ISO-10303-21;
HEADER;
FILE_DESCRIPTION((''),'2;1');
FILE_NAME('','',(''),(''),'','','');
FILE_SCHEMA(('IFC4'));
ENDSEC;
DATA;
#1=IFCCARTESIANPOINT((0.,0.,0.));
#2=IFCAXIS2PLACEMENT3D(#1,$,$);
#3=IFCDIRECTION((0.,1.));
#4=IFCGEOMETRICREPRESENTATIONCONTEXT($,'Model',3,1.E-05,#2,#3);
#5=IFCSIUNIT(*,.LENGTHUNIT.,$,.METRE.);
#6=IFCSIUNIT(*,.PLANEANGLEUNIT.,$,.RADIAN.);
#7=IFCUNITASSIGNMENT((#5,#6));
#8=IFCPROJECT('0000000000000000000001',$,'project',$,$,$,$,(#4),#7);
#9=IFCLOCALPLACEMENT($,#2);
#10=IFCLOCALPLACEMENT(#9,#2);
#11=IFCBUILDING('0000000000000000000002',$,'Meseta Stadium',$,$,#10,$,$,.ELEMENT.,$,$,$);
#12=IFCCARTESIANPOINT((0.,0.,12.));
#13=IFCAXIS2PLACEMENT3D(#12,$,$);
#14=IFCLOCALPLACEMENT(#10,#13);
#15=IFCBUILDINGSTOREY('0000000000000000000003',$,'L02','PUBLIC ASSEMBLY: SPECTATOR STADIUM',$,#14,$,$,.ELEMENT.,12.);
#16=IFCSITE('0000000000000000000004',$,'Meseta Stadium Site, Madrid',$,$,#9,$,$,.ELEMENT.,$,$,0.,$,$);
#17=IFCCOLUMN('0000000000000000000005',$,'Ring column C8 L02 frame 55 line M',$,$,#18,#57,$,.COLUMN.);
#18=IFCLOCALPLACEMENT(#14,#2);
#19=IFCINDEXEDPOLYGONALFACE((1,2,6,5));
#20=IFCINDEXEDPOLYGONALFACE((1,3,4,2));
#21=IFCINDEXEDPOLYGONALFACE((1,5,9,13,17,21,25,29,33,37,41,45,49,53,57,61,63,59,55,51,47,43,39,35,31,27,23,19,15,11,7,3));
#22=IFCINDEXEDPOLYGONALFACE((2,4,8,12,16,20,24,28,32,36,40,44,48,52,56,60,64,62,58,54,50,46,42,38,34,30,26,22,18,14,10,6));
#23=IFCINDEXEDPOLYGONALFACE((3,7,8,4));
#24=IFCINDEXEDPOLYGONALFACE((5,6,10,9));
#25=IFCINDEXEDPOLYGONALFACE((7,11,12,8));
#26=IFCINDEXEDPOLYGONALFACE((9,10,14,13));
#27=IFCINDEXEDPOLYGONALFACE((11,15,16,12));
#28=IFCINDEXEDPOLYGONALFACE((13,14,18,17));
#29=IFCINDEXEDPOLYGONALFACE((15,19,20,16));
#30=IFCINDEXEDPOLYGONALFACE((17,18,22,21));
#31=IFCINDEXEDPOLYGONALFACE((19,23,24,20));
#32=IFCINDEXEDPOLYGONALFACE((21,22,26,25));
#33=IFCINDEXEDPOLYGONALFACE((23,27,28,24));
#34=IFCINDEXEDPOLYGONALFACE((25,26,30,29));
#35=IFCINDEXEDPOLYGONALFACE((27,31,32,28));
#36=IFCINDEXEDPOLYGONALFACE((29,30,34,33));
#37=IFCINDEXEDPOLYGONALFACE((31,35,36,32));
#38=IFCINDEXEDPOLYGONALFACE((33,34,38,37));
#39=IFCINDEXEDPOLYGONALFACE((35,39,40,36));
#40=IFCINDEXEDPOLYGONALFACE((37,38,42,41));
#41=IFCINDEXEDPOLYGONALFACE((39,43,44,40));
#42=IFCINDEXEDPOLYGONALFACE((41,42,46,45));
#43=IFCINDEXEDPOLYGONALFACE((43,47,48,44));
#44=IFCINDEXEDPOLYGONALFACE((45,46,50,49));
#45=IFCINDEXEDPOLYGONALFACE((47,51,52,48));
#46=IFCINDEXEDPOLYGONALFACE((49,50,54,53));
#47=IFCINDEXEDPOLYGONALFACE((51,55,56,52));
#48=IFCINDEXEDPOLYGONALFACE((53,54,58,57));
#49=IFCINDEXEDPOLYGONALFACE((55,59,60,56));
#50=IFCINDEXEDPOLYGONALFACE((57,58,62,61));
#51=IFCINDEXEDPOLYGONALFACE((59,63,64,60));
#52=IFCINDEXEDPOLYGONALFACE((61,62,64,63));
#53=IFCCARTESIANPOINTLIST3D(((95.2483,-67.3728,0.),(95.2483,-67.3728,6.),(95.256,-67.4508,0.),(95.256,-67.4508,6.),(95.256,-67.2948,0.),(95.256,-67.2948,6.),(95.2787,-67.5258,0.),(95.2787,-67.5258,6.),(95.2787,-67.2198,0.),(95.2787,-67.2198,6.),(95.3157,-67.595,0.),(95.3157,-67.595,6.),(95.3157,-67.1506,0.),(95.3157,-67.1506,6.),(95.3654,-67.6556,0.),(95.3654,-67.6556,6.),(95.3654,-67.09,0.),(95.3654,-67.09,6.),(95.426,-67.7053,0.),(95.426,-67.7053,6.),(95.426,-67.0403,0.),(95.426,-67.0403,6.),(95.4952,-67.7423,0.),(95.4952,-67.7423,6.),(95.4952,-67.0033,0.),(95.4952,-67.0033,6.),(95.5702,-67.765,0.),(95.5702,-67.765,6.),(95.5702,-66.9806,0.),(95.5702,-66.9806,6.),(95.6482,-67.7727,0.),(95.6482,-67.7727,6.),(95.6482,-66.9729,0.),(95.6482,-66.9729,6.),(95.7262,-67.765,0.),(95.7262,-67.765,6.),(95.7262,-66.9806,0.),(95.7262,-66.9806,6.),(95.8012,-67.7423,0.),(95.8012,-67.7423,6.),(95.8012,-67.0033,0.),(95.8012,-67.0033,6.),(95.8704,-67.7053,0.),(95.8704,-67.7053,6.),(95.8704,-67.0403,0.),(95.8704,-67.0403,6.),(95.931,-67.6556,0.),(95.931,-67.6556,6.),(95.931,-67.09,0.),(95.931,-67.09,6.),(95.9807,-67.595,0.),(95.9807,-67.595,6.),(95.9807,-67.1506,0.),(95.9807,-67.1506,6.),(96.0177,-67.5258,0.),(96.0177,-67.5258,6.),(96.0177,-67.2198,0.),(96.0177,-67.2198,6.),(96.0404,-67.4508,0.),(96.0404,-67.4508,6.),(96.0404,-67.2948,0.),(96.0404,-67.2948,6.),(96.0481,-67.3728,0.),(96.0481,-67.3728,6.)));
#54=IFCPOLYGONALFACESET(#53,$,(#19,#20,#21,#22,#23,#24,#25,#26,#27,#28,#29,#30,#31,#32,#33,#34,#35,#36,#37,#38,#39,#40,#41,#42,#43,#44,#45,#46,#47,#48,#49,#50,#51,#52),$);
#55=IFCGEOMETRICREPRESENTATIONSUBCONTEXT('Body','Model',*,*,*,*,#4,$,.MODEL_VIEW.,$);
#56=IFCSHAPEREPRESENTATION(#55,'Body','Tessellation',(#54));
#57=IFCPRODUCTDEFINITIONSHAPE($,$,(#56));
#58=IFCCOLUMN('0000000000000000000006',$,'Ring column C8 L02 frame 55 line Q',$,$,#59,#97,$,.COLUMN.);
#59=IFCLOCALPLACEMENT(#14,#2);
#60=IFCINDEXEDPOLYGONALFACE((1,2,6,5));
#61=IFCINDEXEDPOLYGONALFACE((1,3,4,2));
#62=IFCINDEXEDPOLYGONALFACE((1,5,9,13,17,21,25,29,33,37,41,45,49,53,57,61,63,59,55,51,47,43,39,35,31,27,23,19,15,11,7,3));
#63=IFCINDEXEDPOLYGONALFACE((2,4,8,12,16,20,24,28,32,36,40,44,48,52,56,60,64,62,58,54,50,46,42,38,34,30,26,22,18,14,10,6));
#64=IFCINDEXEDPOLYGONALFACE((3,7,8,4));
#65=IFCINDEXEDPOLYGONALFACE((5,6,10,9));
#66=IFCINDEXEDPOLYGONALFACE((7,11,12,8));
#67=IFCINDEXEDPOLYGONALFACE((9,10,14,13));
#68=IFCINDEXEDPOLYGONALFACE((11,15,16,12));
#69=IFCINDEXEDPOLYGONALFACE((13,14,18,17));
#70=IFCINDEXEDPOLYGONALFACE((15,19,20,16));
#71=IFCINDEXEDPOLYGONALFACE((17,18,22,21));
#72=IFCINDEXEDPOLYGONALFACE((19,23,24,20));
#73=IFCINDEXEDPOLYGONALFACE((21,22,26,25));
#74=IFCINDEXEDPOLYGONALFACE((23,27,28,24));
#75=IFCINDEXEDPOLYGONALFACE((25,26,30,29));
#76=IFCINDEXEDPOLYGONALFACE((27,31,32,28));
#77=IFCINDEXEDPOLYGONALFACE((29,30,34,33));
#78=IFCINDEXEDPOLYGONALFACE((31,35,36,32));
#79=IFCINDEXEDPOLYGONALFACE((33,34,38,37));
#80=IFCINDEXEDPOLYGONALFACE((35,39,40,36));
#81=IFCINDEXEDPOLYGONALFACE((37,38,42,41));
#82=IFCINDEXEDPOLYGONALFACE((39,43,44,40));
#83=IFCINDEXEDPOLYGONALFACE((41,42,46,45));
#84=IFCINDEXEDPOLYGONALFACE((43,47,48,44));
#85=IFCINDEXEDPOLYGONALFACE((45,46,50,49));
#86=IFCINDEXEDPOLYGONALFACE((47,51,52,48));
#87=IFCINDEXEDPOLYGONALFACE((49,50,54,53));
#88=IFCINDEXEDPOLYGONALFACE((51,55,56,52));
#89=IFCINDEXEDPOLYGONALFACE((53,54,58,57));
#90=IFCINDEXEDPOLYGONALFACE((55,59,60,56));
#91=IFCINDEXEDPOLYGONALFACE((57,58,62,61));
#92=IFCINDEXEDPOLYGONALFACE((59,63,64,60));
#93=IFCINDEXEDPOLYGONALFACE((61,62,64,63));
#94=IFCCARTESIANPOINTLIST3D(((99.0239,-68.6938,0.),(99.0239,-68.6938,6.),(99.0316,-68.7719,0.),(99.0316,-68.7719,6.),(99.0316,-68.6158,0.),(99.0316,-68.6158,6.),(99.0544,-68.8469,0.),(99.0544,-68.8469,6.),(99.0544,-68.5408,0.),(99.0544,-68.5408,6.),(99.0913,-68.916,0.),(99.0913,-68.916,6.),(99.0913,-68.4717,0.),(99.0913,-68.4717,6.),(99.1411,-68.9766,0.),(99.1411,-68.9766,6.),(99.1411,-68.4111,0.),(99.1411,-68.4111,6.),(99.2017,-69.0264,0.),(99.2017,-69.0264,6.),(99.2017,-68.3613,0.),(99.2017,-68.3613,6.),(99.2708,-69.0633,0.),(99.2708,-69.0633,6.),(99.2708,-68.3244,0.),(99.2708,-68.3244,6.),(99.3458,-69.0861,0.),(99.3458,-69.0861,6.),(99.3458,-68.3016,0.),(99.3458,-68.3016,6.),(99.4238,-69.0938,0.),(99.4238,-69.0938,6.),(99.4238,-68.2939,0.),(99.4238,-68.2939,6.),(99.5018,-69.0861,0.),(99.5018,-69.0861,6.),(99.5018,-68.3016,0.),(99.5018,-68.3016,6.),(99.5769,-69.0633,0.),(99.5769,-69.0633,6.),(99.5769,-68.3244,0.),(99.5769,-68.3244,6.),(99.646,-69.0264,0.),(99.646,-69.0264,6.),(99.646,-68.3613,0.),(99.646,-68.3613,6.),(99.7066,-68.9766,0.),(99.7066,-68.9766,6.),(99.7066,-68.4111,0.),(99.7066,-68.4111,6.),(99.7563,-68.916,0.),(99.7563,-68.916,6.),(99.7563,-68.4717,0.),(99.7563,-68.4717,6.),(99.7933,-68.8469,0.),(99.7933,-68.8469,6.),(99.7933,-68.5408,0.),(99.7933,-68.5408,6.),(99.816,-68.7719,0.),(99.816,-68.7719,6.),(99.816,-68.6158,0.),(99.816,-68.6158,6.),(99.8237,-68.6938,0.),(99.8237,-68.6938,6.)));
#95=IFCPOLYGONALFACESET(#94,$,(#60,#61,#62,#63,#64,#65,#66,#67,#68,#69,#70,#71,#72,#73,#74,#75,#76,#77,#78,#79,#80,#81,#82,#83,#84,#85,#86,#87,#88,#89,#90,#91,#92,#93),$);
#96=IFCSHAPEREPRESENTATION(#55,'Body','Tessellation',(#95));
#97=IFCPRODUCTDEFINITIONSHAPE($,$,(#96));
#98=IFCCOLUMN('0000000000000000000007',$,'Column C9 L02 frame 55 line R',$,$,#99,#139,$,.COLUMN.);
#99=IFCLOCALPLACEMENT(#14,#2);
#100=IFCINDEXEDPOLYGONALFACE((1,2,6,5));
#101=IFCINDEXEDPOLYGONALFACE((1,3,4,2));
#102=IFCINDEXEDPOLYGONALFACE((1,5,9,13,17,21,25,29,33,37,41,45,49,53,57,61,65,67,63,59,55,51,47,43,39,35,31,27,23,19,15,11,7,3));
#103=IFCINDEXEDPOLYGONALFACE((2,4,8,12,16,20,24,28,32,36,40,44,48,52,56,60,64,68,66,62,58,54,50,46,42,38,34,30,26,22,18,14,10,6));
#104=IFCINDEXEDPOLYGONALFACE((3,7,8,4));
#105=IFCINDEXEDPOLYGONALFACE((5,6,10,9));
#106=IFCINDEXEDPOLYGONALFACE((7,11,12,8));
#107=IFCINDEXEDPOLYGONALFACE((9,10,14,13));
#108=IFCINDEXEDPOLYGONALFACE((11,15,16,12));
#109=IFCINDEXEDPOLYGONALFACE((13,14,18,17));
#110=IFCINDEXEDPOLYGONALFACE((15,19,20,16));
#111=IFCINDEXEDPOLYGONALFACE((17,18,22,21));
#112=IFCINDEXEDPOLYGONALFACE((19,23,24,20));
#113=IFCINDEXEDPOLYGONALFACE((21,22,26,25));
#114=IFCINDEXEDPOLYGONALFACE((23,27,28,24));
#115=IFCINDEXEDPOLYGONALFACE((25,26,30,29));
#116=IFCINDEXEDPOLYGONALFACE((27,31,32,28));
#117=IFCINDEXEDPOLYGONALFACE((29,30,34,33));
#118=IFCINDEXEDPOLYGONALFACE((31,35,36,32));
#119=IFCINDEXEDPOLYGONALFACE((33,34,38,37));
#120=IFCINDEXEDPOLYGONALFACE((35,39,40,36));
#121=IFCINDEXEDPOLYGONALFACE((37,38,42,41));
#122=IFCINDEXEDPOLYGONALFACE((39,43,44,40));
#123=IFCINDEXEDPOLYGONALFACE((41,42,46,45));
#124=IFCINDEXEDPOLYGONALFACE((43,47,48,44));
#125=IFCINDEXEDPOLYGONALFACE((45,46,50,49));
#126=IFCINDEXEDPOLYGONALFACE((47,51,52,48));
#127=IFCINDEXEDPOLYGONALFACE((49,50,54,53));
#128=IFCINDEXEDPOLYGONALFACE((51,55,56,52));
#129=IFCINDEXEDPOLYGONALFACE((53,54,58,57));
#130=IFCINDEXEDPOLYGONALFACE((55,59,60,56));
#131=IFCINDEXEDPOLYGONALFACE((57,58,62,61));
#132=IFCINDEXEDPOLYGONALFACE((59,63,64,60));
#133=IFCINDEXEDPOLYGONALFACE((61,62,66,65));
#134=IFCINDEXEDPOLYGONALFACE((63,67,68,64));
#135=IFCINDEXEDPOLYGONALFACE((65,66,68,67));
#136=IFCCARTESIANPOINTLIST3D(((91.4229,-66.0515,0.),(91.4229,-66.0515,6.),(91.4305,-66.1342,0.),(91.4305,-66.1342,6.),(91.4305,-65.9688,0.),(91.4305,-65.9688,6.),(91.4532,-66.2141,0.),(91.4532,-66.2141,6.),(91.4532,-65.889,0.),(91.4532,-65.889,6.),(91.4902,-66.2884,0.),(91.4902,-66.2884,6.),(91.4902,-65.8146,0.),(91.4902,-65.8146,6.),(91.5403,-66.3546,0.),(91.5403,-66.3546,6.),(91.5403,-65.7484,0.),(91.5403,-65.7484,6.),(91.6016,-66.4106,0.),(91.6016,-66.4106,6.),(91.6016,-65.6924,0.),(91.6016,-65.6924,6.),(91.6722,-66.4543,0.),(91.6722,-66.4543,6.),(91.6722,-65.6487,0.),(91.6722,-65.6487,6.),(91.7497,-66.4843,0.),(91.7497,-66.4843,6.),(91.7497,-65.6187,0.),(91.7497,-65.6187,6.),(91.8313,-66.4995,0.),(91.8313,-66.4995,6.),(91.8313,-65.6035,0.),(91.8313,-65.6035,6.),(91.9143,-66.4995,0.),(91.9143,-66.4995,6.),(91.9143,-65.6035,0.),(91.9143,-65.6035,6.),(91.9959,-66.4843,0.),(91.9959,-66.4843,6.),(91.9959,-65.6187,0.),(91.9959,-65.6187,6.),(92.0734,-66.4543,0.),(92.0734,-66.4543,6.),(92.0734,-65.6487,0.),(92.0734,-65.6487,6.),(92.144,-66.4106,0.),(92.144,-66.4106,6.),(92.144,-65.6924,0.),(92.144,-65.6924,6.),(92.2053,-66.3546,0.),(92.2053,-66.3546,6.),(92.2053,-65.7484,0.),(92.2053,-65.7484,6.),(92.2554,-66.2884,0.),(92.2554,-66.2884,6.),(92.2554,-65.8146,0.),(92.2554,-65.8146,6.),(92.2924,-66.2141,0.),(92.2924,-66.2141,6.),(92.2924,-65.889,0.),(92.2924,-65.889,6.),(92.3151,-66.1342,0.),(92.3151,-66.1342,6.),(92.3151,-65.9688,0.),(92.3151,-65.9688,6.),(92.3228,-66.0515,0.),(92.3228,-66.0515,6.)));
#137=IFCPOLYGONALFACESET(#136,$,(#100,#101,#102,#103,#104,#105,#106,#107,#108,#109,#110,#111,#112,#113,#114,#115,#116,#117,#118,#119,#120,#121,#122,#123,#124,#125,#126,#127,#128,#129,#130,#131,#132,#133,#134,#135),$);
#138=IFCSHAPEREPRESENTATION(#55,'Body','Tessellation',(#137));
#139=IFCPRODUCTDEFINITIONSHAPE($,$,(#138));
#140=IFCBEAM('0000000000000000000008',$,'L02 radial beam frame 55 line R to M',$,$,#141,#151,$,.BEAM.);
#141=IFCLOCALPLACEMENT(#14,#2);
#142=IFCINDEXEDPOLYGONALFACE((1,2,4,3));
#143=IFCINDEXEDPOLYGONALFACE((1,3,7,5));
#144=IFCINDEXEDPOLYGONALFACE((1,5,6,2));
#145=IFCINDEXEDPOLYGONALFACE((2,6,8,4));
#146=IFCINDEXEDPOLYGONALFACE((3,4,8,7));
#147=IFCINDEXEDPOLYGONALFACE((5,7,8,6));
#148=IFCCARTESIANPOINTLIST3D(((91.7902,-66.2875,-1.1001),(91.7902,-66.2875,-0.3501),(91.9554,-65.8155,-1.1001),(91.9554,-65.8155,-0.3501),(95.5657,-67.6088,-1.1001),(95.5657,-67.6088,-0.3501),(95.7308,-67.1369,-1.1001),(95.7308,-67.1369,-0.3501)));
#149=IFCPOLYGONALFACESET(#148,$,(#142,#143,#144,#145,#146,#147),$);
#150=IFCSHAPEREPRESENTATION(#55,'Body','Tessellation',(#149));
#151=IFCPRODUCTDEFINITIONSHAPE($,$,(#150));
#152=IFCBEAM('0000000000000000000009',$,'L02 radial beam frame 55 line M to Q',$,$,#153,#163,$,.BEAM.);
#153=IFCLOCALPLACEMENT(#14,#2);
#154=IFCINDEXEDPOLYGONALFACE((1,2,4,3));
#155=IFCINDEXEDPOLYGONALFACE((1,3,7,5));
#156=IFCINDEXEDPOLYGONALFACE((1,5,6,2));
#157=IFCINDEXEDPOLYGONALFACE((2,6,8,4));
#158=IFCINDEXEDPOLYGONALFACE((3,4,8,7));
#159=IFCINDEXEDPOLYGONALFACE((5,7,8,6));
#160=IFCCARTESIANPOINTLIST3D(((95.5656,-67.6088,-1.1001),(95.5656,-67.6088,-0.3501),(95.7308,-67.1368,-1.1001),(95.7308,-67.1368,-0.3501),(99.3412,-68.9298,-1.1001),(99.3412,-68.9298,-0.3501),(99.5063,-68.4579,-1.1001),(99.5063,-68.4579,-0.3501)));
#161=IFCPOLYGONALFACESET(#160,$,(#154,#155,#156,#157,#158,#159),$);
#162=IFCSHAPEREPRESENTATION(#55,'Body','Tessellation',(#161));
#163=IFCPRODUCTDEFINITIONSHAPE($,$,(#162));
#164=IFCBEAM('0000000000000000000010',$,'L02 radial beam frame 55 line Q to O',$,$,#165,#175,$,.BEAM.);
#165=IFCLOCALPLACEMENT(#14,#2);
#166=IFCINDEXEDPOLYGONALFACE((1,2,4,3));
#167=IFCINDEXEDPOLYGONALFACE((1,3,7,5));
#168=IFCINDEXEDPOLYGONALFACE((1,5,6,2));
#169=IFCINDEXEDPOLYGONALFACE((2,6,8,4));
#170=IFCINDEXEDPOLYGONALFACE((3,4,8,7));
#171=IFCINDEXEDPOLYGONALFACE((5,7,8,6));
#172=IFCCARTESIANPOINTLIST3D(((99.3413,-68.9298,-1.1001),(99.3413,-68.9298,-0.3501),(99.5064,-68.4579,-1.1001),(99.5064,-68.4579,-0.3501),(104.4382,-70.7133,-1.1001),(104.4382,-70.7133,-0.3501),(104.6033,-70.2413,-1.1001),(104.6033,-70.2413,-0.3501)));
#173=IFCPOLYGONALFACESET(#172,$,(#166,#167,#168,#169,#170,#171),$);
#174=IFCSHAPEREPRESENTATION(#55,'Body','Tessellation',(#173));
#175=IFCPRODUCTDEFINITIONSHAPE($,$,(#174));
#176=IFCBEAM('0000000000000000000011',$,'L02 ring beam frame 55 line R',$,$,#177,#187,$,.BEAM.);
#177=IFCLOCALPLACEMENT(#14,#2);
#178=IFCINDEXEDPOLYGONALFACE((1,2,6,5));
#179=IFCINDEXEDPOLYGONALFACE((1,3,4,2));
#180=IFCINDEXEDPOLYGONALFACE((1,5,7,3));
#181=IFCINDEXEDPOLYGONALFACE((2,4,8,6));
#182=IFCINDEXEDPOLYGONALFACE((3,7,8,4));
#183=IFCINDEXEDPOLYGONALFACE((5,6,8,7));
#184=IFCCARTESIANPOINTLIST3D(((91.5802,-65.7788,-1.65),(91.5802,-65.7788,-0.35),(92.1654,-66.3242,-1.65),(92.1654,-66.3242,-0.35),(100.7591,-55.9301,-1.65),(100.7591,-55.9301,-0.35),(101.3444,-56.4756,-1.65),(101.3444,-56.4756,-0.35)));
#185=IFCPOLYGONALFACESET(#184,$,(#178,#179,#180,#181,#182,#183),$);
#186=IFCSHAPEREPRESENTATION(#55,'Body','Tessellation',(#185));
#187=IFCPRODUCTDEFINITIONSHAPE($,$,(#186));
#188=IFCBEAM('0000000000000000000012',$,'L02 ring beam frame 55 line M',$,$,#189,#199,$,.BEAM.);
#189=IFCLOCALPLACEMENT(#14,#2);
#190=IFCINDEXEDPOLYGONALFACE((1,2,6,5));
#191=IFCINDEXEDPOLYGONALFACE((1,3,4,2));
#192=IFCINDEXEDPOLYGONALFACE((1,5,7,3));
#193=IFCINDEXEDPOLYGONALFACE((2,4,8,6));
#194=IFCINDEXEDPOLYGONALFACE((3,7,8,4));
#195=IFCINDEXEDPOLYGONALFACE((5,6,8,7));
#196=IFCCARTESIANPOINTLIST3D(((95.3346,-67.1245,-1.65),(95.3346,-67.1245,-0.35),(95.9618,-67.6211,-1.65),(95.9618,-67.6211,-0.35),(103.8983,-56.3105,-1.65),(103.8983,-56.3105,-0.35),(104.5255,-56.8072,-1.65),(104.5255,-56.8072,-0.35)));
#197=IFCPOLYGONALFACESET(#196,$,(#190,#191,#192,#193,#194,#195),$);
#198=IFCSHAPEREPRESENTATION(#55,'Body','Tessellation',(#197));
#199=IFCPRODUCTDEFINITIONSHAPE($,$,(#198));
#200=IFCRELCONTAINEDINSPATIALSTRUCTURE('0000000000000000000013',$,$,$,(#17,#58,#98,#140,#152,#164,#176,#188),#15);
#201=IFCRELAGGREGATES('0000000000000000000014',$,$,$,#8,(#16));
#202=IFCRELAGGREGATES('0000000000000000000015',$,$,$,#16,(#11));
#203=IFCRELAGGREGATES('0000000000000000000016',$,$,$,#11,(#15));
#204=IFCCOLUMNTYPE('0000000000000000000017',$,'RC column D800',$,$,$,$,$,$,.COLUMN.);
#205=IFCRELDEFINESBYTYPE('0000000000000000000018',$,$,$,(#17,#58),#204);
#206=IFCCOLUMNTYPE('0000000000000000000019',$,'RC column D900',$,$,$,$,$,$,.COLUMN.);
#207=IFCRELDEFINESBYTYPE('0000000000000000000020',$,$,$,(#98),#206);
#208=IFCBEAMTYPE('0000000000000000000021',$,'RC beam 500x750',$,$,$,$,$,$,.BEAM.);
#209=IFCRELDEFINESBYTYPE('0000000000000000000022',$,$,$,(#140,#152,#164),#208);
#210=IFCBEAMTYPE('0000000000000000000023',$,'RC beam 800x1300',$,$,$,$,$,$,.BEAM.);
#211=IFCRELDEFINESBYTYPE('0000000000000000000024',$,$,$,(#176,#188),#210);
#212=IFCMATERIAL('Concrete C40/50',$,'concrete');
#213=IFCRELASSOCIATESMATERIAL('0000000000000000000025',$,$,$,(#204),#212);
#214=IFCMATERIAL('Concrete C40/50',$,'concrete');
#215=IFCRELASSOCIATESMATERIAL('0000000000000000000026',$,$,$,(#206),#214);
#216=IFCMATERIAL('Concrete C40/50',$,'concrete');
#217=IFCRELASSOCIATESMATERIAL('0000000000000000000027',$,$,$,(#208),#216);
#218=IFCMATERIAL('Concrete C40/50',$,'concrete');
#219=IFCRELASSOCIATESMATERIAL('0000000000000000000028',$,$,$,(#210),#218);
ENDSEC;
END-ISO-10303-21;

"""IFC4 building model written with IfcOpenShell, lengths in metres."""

from ifc_helpers import new_model, si_unit, direction, frame, origin, origin_2d, place, context, subcontext, project, spatial, rectangle, circle, extrude, material, material_profile, profile_set, type_object, element, save


model = new_model("IFC4")

# Units and contexts
model_context = context("Model", 3, precision=1e-05, world=origin(), true_north=direction((0.0, 1.0)))
body_context = subcontext(model_context, "Body", "Model", "MODEL_VIEW")
ifc_project = project(units=[si_unit("LENGTHUNIT", "METRE"), si_unit("PLANEANGLEUNIT", "RADIAN")], contexts=[model_context])

# Site, building, storey
site_placement = place(None, origin())
site = spatial("IfcSite", under=ifc_project, at=site_placement, Name="Meseta Stadium Site, Madrid", CompositionType="ELEMENT", RefElevation=0.0)
building_placement = place(site_placement, origin())
building = spatial("IfcBuilding", under=site, at=building_placement, Name="Meseta Stadium", CompositionType="ELEMENT")
storey_placement = place(building_placement, frame((0.0, 0.0, 12.0)))
storey = spatial("IfcBuildingStorey", under=building, at=storey_placement, Name="L02", Description="PUBLIC ASSEMBLY: SPECTATOR STADIUM", CompositionType="ELEMENT", Elevation=12.0)

# Columns
ifc_material_1 = material(Name="Concrete C40/50", Category="concrete")
ifc_material_profile_1 = material_profile(ifc_material_1, circle(Radius=0.3999, at=origin_2d()), Name="RC D800")
ifc_profile_set_1 = profile_set([ifc_material_profile_1], Name="Concrete C40/50")
column_type_1 = type_object("IfcColumnType", Name="RC column D800", PredefinedType="COLUMN", material=ifc_profile_set_1)
for number, where, z_axis, x_axis, name in (
    (1, (95.6482, -67.3728, 0.0), (0.0, 0.0, 1.0), (1.0, 0.0, 0.0), "Ring column C8 L02 frame 55 line M"),
    (2, (99.4238, -68.6938, 0.0), (0.0, 0.0, 1.0), (1.0, 0.0, 0.0), "Ring column C8 L02 frame 55 line Q"),
):
    element("IfcColumn", number, at=place(storey_placement, frame(where, z_axis=z_axis, x_axis=x_axis)), inside=storey, type_object=column_type_1, Name=name, PredefinedType="COLUMN", context=body_context, shape_type="SweptSolid", body=[
        extrude(circle(Radius=0.3999, at=origin_2d()), origin(), (0.0, 0.0, 1.0), 6.0),
    ])
ifc_material_2 = material(Name="Concrete C40/50", Category="concrete")
ifc_material_profile_2 = material_profile(ifc_material_2, circle(Radius=0.45, at=origin_2d()), Name="RC D900")
ifc_profile_set_2 = profile_set([ifc_material_profile_2], Name="Concrete C40/50")
column_type_2 = type_object("IfcColumnType", Name="RC column D900", PredefinedType="COLUMN", material=ifc_profile_set_2)
column_placement = place(storey_placement, frame((91.8728, -66.0515, 0.0), z_axis=(0.0, 0.0, 1.0), x_axis=(1.0, 0.0, 0.0)))
element("IfcColumn", 3, at=column_placement, inside=storey, type_object=column_type_2, Name="Column C9 L02 frame 55 line R", PredefinedType="COLUMN", context=body_context, shape_type="SweptSolid", body=[
    extrude(circle(Radius=0.45, at=origin_2d()), origin(), (0.0, 0.0, 1.0), 6.0),
])

# Beams
ifc_material_3 = material(Name="Concrete C40/50", Category="concrete")
ifc_material_profile_3 = material_profile(ifc_material_3, rectangle(XDim=0.5, YDim=0.75, at=origin_2d()), Name="RC 500x750")
ifc_profile_set_3 = profile_set([ifc_material_profile_3], Name="Concrete C40/50")
beam_type_1 = type_object("IfcBeamType", Name="RC beam 500x750", PredefinedType="BEAM", material=ifc_profile_set_3)
for number, where, z_axis, x_axis, name in (
    (4, (91.8728, -66.0515, -0.7251), (0.943866, -0.330329, 0.0), (0.330329, 0.943866, 0.0), "L02 radial beam frame 55 line R to M"),
    (5, (95.6482, -67.3728, -0.7251), (0.943892, -0.330255, 0.0), (0.330255, 0.943892, 0.0), "L02 radial beam frame 55 line M to Q"),
):
    element("IfcBeam", number, at=place(storey_placement, frame(where, z_axis=z_axis, x_axis=x_axis)), inside=storey, type_object=beam_type_1, Name=name, PredefinedType="BEAM", context=body_context, shape_type="SweptSolid", body=[
        extrude(rectangle(XDim=0.5, YDim=0.75, at=origin_2d()), origin(), (0.0, 0.0, 1.0), 4.0),
    ])
beam_1_placement = place(storey_placement, frame((99.4238, -68.6938, -0.7251), z_axis=(0.943886, -0.330272, 0.0), x_axis=(0.330272, 0.943886, 0.0)))
element("IfcBeam", 6, at=beam_1_placement, inside=storey, type_object=beam_type_1, Name="L02 radial beam frame 55 line Q to O", PredefinedType="BEAM", context=body_context, shape_type="SweptSolid", body=[
    extrude(rectangle(XDim=0.5, YDim=0.75, at=origin_2d()), origin(), (0.0, 0.0, 1.0), 5.3999),
])
ifc_material_4 = material(Name="Concrete C40/50", Category="concrete")
ifc_material_profile_4 = material_profile(ifc_material_4, rectangle(XDim=0.8, YDim=1.3, at=origin_2d()), Name="RC 800x1300")
ifc_profile_set_4 = profile_set([ifc_material_profile_4], Name="Concrete C40/50")
beam_type_2 = type_object("IfcBeamType", Name="RC beam 800x1300", PredefinedType="BEAM", material=ifc_profile_set_4)
beam_2_placement = place(storey_placement, frame((91.8728, -66.0515, -1.0), z_axis=(0.681798, 0.731541, 0.0), x_axis=(-0.731541, 0.681798, 0.0)))
element("IfcBeam", 7, at=beam_2_placement, inside=storey, type_object=beam_type_2, Name="L02 ring beam frame 55 line R", PredefinedType="BEAM", context=body_context, shape_type="SweptSolid", body=[
    extrude(rectangle(XDim=0.8, YDim=1.3, at=origin_2d()), origin(), (0.0, 0.0, 1.0), 13.4629),
])
beam_3_placement = place(storey_placement, frame((95.6482, -67.3728, -1.0), z_axis=(0.620822, 0.783952, 0.0), x_axis=(-0.783952, 0.620822, 0.0)))
element("IfcBeam", 8, at=beam_3_placement, inside=storey, type_object=beam_type_2, Name="L02 ring beam frame 55 line M", PredefinedType="BEAM", context=body_context, shape_type="SweptSolid", body=[
    extrude(rectangle(XDim=0.8, YDim=1.3, at=origin_2d()), origin(), (0.0, 0.0, 1.0), 13.7942),
])

save(model, "model.ifc")
